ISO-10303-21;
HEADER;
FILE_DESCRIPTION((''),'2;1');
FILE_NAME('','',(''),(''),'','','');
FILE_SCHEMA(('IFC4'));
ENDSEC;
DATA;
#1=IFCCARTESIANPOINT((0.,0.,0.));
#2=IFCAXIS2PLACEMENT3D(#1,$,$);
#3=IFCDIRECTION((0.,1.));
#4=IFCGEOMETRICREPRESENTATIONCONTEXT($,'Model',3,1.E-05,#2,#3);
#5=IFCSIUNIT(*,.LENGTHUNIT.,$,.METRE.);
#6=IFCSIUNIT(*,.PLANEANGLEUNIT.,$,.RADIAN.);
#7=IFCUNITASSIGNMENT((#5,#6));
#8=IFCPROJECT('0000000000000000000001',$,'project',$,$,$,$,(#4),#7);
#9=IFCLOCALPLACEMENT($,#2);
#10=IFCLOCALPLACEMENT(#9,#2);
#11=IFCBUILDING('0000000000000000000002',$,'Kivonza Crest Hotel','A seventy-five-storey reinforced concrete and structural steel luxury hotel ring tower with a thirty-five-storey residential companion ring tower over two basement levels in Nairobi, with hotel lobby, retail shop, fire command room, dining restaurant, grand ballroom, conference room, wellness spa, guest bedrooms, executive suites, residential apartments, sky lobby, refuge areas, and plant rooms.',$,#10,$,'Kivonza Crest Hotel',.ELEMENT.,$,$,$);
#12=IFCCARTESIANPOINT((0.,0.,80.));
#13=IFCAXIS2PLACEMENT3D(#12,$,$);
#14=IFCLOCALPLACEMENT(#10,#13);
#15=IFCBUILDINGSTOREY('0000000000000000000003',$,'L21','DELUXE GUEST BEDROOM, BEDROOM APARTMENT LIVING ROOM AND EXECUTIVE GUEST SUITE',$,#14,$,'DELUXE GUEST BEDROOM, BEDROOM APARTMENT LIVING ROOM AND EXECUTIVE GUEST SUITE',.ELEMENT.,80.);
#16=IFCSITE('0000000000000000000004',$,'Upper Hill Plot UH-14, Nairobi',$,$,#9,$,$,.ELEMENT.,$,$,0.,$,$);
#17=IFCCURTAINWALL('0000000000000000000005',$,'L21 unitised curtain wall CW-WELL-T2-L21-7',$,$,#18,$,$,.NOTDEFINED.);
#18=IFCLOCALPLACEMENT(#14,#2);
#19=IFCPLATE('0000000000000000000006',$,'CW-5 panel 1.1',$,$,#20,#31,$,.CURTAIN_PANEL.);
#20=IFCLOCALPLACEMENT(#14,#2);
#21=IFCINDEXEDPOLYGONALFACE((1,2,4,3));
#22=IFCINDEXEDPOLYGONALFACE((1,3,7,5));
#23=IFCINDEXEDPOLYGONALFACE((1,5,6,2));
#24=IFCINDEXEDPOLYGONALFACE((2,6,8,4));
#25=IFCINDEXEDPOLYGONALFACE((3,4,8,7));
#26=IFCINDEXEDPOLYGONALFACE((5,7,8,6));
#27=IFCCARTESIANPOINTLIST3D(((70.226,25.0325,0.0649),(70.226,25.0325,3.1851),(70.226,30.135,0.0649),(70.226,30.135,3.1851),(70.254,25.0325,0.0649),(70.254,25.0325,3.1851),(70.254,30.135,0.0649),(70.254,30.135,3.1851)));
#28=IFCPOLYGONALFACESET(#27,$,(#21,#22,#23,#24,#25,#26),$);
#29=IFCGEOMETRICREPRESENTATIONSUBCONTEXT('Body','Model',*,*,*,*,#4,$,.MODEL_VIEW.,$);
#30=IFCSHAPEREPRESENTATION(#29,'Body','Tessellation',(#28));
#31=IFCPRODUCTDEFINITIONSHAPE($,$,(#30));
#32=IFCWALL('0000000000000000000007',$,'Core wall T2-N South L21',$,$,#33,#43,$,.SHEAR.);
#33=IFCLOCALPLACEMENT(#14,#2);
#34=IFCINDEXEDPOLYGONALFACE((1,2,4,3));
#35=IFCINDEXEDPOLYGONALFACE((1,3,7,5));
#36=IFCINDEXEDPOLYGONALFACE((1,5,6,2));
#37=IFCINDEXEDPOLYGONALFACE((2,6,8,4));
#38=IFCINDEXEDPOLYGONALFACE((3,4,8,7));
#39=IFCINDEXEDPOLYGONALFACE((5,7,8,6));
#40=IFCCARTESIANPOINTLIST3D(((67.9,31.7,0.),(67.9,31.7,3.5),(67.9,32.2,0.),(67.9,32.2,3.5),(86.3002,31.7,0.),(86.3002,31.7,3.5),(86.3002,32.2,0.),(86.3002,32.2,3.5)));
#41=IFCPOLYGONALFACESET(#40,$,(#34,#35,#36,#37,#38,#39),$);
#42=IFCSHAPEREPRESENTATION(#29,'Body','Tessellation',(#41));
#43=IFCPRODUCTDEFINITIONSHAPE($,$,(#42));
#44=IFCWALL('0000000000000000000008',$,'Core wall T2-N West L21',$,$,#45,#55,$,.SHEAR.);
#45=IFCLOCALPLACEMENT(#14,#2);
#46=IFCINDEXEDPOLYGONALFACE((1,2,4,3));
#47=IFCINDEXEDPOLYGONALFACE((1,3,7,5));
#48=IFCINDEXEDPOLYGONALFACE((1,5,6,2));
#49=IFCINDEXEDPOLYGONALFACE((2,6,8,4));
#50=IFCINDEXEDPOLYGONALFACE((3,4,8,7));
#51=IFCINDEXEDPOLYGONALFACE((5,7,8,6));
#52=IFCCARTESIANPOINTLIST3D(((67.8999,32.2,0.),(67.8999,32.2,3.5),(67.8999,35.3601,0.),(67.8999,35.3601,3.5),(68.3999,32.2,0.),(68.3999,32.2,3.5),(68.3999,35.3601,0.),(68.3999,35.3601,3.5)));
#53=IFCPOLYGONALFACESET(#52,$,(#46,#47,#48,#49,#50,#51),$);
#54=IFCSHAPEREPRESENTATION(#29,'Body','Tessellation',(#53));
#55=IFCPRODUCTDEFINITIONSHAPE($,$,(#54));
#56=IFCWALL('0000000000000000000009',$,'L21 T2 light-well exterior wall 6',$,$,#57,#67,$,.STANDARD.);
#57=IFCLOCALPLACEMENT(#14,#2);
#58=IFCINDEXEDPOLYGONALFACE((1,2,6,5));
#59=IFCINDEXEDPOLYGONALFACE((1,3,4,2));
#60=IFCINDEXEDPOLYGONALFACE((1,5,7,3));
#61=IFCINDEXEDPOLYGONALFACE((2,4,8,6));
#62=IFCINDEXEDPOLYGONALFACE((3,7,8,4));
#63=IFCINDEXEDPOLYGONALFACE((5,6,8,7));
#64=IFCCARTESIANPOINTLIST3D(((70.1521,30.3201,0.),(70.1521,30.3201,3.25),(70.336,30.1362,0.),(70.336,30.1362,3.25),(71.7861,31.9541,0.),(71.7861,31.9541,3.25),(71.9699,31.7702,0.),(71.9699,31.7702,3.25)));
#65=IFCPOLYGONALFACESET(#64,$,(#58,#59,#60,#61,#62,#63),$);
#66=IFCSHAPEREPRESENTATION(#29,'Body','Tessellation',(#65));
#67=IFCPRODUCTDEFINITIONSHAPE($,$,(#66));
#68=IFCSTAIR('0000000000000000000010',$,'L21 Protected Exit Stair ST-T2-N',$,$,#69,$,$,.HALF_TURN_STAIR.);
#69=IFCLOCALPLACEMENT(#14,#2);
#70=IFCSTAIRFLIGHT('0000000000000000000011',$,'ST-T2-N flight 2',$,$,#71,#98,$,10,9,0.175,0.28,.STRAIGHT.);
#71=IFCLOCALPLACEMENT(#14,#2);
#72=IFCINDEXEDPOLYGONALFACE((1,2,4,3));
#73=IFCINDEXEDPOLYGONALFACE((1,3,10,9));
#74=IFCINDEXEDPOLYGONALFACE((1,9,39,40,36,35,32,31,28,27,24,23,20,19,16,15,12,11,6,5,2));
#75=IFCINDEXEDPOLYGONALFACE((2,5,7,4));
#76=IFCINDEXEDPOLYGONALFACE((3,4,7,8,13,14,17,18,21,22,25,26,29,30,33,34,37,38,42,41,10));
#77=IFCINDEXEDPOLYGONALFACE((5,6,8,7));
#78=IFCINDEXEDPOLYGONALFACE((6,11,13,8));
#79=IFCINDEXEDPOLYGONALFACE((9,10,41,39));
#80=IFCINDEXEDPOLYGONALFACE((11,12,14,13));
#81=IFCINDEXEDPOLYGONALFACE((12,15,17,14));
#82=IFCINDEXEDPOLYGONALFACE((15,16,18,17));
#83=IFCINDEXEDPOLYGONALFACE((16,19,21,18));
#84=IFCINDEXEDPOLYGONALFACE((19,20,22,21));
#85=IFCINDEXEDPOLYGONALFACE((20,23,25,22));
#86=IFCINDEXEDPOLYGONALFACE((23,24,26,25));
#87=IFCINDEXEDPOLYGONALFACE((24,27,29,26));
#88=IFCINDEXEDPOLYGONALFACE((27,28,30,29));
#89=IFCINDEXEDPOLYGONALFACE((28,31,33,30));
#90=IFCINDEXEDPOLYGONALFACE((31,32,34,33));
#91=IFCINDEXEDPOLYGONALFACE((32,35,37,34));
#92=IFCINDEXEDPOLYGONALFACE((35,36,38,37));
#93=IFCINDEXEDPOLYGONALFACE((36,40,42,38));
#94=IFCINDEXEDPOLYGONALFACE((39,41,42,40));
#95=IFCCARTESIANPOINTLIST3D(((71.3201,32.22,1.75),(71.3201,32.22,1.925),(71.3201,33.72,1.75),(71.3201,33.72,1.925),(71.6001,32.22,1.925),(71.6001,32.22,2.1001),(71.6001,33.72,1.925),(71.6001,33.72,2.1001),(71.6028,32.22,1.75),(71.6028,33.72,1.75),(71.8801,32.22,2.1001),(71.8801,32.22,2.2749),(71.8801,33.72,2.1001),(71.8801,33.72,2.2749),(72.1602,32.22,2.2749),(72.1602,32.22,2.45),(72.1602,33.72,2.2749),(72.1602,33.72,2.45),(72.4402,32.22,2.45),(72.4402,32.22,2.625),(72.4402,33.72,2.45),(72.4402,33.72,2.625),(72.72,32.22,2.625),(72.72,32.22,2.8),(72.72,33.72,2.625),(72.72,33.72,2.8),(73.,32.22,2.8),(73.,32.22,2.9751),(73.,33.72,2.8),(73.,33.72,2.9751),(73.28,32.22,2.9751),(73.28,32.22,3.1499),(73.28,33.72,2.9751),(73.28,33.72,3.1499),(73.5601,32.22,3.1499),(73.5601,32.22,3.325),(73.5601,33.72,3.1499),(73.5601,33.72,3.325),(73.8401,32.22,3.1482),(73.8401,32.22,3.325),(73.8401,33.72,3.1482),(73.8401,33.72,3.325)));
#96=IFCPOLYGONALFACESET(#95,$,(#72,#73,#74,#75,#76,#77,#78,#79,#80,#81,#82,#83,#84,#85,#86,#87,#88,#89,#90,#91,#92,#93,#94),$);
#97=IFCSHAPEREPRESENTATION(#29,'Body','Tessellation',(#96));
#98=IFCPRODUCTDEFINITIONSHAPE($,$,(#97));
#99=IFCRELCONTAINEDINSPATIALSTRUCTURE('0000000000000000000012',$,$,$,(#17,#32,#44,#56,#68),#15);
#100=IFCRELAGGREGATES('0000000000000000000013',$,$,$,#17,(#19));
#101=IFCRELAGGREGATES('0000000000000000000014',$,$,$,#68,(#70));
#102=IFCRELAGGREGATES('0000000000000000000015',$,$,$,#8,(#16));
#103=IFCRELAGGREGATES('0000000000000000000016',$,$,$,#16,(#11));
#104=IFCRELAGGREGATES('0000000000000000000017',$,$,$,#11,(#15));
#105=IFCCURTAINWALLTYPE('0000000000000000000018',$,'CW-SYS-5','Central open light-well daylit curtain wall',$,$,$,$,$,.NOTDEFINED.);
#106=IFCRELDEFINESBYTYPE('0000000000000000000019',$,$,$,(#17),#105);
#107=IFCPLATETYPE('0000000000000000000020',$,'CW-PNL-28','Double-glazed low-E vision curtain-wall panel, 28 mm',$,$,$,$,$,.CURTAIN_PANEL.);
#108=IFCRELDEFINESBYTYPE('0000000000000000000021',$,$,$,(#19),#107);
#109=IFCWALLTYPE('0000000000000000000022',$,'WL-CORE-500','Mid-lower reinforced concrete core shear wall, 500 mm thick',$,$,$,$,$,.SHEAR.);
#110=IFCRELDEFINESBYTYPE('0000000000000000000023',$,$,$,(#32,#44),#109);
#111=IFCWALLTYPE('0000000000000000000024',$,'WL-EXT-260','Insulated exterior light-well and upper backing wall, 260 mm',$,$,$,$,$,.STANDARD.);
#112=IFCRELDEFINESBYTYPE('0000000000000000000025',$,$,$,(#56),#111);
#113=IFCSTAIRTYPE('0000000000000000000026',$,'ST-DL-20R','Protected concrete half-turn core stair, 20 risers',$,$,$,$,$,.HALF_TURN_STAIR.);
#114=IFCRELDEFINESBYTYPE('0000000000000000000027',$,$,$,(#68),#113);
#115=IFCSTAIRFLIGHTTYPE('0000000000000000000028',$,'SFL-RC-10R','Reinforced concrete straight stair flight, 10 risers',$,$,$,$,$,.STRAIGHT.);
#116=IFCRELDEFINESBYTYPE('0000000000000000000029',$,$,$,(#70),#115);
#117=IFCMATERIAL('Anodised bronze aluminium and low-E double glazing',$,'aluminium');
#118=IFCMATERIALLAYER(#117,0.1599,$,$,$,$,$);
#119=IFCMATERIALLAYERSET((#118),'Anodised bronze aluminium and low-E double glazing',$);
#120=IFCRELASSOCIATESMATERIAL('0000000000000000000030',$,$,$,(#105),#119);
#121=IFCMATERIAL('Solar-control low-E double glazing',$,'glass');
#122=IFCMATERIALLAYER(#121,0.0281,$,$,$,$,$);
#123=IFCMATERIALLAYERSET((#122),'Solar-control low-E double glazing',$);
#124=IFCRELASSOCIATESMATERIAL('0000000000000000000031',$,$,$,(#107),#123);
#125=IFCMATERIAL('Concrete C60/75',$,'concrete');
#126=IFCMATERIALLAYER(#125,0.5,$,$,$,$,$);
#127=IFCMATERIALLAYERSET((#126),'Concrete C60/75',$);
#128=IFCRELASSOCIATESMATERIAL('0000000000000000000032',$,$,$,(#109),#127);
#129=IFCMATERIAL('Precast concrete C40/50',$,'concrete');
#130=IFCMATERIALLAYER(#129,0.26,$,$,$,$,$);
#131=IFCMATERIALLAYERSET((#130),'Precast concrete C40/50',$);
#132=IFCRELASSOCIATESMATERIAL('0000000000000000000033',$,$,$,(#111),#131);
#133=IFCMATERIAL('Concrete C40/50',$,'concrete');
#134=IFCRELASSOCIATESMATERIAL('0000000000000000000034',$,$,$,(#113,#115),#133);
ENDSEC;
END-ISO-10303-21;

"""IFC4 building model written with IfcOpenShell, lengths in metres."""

from ifc_helpers import new_model, si_unit, direction, frame, frame_2d, origin, origin_2d, place, context, subcontext, project, spatial, polyline, rectangle, outline, extrude, material, layer, layer_set, type_object, element, aggregate, save


model = new_model("IFC4")

# Units and contexts
model_context = context("Model", 3, precision=1e-05, world=origin(), true_north=direction((0.0, 1.0)))
body_context = subcontext(model_context, "Body", "Model", "MODEL_VIEW")
ifc_project = project(units=[si_unit("LENGTHUNIT", "METRE"), si_unit("PLANEANGLEUNIT", "RADIAN")], contexts=[model_context])

# Site, building, storey
site_placement = place(None, origin())
site = spatial("IfcSite", under=ifc_project, at=site_placement, Name="Upper Hill Plot UH-14, Nairobi", CompositionType="ELEMENT", RefElevation=0.0)
building_placement = place(site_placement, origin())
building = spatial("IfcBuilding", under=site, at=building_placement, Name="Kivonza Crest Hotel", Description="A seventy-five-storey reinforced concrete and structural steel luxury hotel ring tower with a thirty-five-storey residential companion ring tower over two basement levels in Nairobi, with hotel lobby, retail shop, fire command room, dining restaurant, grand ballroom, conference room, wellness spa, guest bedrooms, executive suites, residential apartments, sky lobby, refuge areas, and plant rooms.", LongName="Kivonza Crest Hotel", CompositionType="ELEMENT")
storey_placement = place(building_placement, frame((0.0, 0.0, 80.0)))
storey = spatial("IfcBuildingStorey", under=building, at=storey_placement, Name="L21", Description="DELUXE GUEST BEDROOM, BEDROOM APARTMENT LIVING ROOM AND EXECUTIVE GUEST SUITE", LongName="DELUXE GUEST BEDROOM, BEDROOM APARTMENT LIVING ROOM AND EXECUTIVE GUEST SUITE", CompositionType="ELEMENT", Elevation=80.0)

# Curtain wall, plate
ifc_material_1 = material(Name="Anodised bronze aluminium and low-E double glazing", Category="aluminium")
ifc_layer_1 = layer(ifc_material_1, 0.1599)
ifc_layer_set_1 = layer_set([ifc_layer_1], Name="Anodised bronze aluminium and low-E double glazing")
curtain_wall_type = type_object("IfcCurtainWallType", Name="CW-SYS-5", Description="Central open light-well daylit curtain wall", PredefinedType="NOTDEFINED", material=ifc_layer_set_1)
curtain_wall_placement = place(storey_placement, origin())
curtain_wall = element("IfcCurtainWall", 1, at=curtain_wall_placement, inside=storey, type_object=curtain_wall_type, Name="L21 unitised curtain wall CW-WELL-T2-L21-7", PredefinedType="NOTDEFINED")
ifc_material_2 = material(Name="Solar-control low-E double glazing", Category="glass")
ifc_layer_2 = layer(ifc_material_2, 0.0281)
ifc_layer_set_2 = layer_set([ifc_layer_2], Name="Solar-control low-E double glazing")
plate_type = type_object("IfcPlateType", Name="CW-PNL-28", Description="Double-glazed low-E vision curtain-wall panel, 28 mm", PredefinedType="CURTAIN_PANEL", material=ifc_layer_set_2)
plate_placement = place(storey_placement, frame((70.24, 27.5837, 0.0649), z_axis=(0.0, 0.0, 1.0), x_axis=(0.0, -1.0, 0.0)))
plate = element("IfcPlate", 2, at=plate_placement, type_object=plate_type, Name="CW-5 panel 1.1", PredefinedType="CURTAIN_PANEL", context=body_context, shape_type="SweptSolid", body=[
    extrude(rectangle(XDim=5.1025, YDim=0.0281, at=origin_2d()), origin(), (0.0, 0.0, 1.0), 3.1201),
])
aggregate(curtain_wall, [plate])

# Walls
ifc_material_3 = material(Name="Concrete C60/75", Category="concrete")
ifc_layer_3 = layer(ifc_material_3, 0.5)
ifc_layer_set_3 = layer_set([ifc_layer_3], Name="Concrete C60/75")
wall_type_1 = type_object("IfcWallType", Name="WL-CORE-500", Description="Mid-lower reinforced concrete core shear wall, 500 mm thick", PredefinedType="SHEAR", material=ifc_layer_set_3)
wall_1_placement = place(storey_placement, frame((67.8999, 31.95, 0.0), z_axis=(0.0, 0.0, 1.0), x_axis=(1.0, 0.0, 0.0)))
element("IfcWall", 3, at=wall_1_placement, inside=storey, type_object=wall_type_1, Name="Core wall T2-N South L21", PredefinedType="SHEAR", context=body_context, shape_type="SweptSolid", body=[
    extrude(rectangle(XDim=18.4001, YDim=0.5, at=frame_2d((9.2002, 0.0))), origin(), (0.0, 0.0, 1.0), 3.5),
])
wall_2_placement = place(storey_placement, frame((68.1499, 32.2, 0.0), z_axis=(0.0, 0.0, 1.0), x_axis=(0.0, 1.0, 0.0)))
element("IfcWall", 4, at=wall_2_placement, inside=storey, type_object=wall_type_1, Name="Core wall T2-N West L21", PredefinedType="SHEAR", context=body_context, shape_type="SweptSolid", body=[
    extrude(rectangle(XDim=3.1602, YDim=0.5, at=frame_2d((1.5801, 0.0))), origin(), (0.0, 0.0, 1.0), 3.5),
])
ifc_material_4 = material(Name="Precast concrete C40/50", Category="concrete")
ifc_layer_4 = layer(ifc_material_4, 0.26)
ifc_layer_set_4 = layer_set([ifc_layer_4], Name="Precast concrete C40/50")
wall_type_2 = type_object("IfcWallType", Name="WL-EXT-260", Description="Insulated exterior light-well and upper backing wall, 260 mm", PredefinedType="STANDARD", material=ifc_layer_set_4)
wall_3_placement = place(storey_placement, frame((71.8779, 31.8621, 0.0), z_axis=(0.0, 0.0, 1.0), x_axis=(-0.707107, -0.707107, 0.0)))
element("IfcWall", 5, at=wall_3_placement, inside=storey, type_object=wall_type_2, Name="L21 T2 light-well exterior wall 6", PredefinedType="STANDARD", context=body_context, shape_type="SweptSolid", body=[
    extrude(rectangle(XDim=2.3108, YDim=0.26, at=frame_2d((1.1553, 0.0))), origin(), (0.0, 0.0, 1.0), 3.25),
])

# Stair, stair flight
ifc_material_5 = material(Name="Concrete C40/50", Category="concrete")
stair_type = type_object("IfcStairType", Name="ST-DL-20R", Description="Protected concrete half-turn core stair, 20 risers", PredefinedType="HALF_TURN_STAIR", material=ifc_material_5)
stair_placement = place(storey_placement, origin())
stair = element("IfcStair", 6, at=stair_placement, inside=storey, type_object=stair_type, Name="L21 Protected Exit Stair ST-T2-N", PredefinedType="HALF_TURN_STAIR")
stair_flight_type = type_object("IfcStairFlightType", Name="SFL-RC-10R", Description="Reinforced concrete straight stair flight, 10 risers", PredefinedType="STRAIGHT", material=ifc_material_5)
stair_flight_placement = place(storey_placement, frame((71.3201, 32.97, 1.75), z_axis=(0.0, 0.0, 1.0), x_axis=(1.0, 0.0, 0.0)))
stair_flight = element("IfcStairFlight", 7, at=stair_flight_placement, type_object=stair_flight_type, Name="ST-T2-N flight 2", NumberOfRisers=10, NumberOfTreads=9, PredefinedType="STRAIGHT", RiserHeight=0.175, TreadLength=0.28, context=body_context, shape_type="SweptSolid", body=[
    extrude(outline(polyline([(0.0, 0.0), (0.0, 0.175), (0.28, 0.175), (0.28, 0.3501), (0.5601, 0.3501), (0.5601, 0.5249), (0.8401, 0.5249), (0.8401, 0.7), (1.1201, 0.7), (1.1201, 0.875), (1.3999, 0.875), (1.3999, 1.05), (1.6799, 1.05), (1.6799, 1.2251), (1.96, 1.2251), (1.96, 1.3999), (2.24, 1.3999), (2.24, 1.575), (2.52, 1.575), (2.52, 1.75), (2.52, 1.3982), (0.2827, 0.0), (0.0, 0.0)])), frame((0.0, 0.75, 0.0), z_axis=(0.0, -1.0, 0.0), x_axis=(1.0, 0.0, 0.0)), (0.0, 0.0, 1.0), 1.5),
])
aggregate(stair, [stair_flight])

save(model, "model.ifc")
